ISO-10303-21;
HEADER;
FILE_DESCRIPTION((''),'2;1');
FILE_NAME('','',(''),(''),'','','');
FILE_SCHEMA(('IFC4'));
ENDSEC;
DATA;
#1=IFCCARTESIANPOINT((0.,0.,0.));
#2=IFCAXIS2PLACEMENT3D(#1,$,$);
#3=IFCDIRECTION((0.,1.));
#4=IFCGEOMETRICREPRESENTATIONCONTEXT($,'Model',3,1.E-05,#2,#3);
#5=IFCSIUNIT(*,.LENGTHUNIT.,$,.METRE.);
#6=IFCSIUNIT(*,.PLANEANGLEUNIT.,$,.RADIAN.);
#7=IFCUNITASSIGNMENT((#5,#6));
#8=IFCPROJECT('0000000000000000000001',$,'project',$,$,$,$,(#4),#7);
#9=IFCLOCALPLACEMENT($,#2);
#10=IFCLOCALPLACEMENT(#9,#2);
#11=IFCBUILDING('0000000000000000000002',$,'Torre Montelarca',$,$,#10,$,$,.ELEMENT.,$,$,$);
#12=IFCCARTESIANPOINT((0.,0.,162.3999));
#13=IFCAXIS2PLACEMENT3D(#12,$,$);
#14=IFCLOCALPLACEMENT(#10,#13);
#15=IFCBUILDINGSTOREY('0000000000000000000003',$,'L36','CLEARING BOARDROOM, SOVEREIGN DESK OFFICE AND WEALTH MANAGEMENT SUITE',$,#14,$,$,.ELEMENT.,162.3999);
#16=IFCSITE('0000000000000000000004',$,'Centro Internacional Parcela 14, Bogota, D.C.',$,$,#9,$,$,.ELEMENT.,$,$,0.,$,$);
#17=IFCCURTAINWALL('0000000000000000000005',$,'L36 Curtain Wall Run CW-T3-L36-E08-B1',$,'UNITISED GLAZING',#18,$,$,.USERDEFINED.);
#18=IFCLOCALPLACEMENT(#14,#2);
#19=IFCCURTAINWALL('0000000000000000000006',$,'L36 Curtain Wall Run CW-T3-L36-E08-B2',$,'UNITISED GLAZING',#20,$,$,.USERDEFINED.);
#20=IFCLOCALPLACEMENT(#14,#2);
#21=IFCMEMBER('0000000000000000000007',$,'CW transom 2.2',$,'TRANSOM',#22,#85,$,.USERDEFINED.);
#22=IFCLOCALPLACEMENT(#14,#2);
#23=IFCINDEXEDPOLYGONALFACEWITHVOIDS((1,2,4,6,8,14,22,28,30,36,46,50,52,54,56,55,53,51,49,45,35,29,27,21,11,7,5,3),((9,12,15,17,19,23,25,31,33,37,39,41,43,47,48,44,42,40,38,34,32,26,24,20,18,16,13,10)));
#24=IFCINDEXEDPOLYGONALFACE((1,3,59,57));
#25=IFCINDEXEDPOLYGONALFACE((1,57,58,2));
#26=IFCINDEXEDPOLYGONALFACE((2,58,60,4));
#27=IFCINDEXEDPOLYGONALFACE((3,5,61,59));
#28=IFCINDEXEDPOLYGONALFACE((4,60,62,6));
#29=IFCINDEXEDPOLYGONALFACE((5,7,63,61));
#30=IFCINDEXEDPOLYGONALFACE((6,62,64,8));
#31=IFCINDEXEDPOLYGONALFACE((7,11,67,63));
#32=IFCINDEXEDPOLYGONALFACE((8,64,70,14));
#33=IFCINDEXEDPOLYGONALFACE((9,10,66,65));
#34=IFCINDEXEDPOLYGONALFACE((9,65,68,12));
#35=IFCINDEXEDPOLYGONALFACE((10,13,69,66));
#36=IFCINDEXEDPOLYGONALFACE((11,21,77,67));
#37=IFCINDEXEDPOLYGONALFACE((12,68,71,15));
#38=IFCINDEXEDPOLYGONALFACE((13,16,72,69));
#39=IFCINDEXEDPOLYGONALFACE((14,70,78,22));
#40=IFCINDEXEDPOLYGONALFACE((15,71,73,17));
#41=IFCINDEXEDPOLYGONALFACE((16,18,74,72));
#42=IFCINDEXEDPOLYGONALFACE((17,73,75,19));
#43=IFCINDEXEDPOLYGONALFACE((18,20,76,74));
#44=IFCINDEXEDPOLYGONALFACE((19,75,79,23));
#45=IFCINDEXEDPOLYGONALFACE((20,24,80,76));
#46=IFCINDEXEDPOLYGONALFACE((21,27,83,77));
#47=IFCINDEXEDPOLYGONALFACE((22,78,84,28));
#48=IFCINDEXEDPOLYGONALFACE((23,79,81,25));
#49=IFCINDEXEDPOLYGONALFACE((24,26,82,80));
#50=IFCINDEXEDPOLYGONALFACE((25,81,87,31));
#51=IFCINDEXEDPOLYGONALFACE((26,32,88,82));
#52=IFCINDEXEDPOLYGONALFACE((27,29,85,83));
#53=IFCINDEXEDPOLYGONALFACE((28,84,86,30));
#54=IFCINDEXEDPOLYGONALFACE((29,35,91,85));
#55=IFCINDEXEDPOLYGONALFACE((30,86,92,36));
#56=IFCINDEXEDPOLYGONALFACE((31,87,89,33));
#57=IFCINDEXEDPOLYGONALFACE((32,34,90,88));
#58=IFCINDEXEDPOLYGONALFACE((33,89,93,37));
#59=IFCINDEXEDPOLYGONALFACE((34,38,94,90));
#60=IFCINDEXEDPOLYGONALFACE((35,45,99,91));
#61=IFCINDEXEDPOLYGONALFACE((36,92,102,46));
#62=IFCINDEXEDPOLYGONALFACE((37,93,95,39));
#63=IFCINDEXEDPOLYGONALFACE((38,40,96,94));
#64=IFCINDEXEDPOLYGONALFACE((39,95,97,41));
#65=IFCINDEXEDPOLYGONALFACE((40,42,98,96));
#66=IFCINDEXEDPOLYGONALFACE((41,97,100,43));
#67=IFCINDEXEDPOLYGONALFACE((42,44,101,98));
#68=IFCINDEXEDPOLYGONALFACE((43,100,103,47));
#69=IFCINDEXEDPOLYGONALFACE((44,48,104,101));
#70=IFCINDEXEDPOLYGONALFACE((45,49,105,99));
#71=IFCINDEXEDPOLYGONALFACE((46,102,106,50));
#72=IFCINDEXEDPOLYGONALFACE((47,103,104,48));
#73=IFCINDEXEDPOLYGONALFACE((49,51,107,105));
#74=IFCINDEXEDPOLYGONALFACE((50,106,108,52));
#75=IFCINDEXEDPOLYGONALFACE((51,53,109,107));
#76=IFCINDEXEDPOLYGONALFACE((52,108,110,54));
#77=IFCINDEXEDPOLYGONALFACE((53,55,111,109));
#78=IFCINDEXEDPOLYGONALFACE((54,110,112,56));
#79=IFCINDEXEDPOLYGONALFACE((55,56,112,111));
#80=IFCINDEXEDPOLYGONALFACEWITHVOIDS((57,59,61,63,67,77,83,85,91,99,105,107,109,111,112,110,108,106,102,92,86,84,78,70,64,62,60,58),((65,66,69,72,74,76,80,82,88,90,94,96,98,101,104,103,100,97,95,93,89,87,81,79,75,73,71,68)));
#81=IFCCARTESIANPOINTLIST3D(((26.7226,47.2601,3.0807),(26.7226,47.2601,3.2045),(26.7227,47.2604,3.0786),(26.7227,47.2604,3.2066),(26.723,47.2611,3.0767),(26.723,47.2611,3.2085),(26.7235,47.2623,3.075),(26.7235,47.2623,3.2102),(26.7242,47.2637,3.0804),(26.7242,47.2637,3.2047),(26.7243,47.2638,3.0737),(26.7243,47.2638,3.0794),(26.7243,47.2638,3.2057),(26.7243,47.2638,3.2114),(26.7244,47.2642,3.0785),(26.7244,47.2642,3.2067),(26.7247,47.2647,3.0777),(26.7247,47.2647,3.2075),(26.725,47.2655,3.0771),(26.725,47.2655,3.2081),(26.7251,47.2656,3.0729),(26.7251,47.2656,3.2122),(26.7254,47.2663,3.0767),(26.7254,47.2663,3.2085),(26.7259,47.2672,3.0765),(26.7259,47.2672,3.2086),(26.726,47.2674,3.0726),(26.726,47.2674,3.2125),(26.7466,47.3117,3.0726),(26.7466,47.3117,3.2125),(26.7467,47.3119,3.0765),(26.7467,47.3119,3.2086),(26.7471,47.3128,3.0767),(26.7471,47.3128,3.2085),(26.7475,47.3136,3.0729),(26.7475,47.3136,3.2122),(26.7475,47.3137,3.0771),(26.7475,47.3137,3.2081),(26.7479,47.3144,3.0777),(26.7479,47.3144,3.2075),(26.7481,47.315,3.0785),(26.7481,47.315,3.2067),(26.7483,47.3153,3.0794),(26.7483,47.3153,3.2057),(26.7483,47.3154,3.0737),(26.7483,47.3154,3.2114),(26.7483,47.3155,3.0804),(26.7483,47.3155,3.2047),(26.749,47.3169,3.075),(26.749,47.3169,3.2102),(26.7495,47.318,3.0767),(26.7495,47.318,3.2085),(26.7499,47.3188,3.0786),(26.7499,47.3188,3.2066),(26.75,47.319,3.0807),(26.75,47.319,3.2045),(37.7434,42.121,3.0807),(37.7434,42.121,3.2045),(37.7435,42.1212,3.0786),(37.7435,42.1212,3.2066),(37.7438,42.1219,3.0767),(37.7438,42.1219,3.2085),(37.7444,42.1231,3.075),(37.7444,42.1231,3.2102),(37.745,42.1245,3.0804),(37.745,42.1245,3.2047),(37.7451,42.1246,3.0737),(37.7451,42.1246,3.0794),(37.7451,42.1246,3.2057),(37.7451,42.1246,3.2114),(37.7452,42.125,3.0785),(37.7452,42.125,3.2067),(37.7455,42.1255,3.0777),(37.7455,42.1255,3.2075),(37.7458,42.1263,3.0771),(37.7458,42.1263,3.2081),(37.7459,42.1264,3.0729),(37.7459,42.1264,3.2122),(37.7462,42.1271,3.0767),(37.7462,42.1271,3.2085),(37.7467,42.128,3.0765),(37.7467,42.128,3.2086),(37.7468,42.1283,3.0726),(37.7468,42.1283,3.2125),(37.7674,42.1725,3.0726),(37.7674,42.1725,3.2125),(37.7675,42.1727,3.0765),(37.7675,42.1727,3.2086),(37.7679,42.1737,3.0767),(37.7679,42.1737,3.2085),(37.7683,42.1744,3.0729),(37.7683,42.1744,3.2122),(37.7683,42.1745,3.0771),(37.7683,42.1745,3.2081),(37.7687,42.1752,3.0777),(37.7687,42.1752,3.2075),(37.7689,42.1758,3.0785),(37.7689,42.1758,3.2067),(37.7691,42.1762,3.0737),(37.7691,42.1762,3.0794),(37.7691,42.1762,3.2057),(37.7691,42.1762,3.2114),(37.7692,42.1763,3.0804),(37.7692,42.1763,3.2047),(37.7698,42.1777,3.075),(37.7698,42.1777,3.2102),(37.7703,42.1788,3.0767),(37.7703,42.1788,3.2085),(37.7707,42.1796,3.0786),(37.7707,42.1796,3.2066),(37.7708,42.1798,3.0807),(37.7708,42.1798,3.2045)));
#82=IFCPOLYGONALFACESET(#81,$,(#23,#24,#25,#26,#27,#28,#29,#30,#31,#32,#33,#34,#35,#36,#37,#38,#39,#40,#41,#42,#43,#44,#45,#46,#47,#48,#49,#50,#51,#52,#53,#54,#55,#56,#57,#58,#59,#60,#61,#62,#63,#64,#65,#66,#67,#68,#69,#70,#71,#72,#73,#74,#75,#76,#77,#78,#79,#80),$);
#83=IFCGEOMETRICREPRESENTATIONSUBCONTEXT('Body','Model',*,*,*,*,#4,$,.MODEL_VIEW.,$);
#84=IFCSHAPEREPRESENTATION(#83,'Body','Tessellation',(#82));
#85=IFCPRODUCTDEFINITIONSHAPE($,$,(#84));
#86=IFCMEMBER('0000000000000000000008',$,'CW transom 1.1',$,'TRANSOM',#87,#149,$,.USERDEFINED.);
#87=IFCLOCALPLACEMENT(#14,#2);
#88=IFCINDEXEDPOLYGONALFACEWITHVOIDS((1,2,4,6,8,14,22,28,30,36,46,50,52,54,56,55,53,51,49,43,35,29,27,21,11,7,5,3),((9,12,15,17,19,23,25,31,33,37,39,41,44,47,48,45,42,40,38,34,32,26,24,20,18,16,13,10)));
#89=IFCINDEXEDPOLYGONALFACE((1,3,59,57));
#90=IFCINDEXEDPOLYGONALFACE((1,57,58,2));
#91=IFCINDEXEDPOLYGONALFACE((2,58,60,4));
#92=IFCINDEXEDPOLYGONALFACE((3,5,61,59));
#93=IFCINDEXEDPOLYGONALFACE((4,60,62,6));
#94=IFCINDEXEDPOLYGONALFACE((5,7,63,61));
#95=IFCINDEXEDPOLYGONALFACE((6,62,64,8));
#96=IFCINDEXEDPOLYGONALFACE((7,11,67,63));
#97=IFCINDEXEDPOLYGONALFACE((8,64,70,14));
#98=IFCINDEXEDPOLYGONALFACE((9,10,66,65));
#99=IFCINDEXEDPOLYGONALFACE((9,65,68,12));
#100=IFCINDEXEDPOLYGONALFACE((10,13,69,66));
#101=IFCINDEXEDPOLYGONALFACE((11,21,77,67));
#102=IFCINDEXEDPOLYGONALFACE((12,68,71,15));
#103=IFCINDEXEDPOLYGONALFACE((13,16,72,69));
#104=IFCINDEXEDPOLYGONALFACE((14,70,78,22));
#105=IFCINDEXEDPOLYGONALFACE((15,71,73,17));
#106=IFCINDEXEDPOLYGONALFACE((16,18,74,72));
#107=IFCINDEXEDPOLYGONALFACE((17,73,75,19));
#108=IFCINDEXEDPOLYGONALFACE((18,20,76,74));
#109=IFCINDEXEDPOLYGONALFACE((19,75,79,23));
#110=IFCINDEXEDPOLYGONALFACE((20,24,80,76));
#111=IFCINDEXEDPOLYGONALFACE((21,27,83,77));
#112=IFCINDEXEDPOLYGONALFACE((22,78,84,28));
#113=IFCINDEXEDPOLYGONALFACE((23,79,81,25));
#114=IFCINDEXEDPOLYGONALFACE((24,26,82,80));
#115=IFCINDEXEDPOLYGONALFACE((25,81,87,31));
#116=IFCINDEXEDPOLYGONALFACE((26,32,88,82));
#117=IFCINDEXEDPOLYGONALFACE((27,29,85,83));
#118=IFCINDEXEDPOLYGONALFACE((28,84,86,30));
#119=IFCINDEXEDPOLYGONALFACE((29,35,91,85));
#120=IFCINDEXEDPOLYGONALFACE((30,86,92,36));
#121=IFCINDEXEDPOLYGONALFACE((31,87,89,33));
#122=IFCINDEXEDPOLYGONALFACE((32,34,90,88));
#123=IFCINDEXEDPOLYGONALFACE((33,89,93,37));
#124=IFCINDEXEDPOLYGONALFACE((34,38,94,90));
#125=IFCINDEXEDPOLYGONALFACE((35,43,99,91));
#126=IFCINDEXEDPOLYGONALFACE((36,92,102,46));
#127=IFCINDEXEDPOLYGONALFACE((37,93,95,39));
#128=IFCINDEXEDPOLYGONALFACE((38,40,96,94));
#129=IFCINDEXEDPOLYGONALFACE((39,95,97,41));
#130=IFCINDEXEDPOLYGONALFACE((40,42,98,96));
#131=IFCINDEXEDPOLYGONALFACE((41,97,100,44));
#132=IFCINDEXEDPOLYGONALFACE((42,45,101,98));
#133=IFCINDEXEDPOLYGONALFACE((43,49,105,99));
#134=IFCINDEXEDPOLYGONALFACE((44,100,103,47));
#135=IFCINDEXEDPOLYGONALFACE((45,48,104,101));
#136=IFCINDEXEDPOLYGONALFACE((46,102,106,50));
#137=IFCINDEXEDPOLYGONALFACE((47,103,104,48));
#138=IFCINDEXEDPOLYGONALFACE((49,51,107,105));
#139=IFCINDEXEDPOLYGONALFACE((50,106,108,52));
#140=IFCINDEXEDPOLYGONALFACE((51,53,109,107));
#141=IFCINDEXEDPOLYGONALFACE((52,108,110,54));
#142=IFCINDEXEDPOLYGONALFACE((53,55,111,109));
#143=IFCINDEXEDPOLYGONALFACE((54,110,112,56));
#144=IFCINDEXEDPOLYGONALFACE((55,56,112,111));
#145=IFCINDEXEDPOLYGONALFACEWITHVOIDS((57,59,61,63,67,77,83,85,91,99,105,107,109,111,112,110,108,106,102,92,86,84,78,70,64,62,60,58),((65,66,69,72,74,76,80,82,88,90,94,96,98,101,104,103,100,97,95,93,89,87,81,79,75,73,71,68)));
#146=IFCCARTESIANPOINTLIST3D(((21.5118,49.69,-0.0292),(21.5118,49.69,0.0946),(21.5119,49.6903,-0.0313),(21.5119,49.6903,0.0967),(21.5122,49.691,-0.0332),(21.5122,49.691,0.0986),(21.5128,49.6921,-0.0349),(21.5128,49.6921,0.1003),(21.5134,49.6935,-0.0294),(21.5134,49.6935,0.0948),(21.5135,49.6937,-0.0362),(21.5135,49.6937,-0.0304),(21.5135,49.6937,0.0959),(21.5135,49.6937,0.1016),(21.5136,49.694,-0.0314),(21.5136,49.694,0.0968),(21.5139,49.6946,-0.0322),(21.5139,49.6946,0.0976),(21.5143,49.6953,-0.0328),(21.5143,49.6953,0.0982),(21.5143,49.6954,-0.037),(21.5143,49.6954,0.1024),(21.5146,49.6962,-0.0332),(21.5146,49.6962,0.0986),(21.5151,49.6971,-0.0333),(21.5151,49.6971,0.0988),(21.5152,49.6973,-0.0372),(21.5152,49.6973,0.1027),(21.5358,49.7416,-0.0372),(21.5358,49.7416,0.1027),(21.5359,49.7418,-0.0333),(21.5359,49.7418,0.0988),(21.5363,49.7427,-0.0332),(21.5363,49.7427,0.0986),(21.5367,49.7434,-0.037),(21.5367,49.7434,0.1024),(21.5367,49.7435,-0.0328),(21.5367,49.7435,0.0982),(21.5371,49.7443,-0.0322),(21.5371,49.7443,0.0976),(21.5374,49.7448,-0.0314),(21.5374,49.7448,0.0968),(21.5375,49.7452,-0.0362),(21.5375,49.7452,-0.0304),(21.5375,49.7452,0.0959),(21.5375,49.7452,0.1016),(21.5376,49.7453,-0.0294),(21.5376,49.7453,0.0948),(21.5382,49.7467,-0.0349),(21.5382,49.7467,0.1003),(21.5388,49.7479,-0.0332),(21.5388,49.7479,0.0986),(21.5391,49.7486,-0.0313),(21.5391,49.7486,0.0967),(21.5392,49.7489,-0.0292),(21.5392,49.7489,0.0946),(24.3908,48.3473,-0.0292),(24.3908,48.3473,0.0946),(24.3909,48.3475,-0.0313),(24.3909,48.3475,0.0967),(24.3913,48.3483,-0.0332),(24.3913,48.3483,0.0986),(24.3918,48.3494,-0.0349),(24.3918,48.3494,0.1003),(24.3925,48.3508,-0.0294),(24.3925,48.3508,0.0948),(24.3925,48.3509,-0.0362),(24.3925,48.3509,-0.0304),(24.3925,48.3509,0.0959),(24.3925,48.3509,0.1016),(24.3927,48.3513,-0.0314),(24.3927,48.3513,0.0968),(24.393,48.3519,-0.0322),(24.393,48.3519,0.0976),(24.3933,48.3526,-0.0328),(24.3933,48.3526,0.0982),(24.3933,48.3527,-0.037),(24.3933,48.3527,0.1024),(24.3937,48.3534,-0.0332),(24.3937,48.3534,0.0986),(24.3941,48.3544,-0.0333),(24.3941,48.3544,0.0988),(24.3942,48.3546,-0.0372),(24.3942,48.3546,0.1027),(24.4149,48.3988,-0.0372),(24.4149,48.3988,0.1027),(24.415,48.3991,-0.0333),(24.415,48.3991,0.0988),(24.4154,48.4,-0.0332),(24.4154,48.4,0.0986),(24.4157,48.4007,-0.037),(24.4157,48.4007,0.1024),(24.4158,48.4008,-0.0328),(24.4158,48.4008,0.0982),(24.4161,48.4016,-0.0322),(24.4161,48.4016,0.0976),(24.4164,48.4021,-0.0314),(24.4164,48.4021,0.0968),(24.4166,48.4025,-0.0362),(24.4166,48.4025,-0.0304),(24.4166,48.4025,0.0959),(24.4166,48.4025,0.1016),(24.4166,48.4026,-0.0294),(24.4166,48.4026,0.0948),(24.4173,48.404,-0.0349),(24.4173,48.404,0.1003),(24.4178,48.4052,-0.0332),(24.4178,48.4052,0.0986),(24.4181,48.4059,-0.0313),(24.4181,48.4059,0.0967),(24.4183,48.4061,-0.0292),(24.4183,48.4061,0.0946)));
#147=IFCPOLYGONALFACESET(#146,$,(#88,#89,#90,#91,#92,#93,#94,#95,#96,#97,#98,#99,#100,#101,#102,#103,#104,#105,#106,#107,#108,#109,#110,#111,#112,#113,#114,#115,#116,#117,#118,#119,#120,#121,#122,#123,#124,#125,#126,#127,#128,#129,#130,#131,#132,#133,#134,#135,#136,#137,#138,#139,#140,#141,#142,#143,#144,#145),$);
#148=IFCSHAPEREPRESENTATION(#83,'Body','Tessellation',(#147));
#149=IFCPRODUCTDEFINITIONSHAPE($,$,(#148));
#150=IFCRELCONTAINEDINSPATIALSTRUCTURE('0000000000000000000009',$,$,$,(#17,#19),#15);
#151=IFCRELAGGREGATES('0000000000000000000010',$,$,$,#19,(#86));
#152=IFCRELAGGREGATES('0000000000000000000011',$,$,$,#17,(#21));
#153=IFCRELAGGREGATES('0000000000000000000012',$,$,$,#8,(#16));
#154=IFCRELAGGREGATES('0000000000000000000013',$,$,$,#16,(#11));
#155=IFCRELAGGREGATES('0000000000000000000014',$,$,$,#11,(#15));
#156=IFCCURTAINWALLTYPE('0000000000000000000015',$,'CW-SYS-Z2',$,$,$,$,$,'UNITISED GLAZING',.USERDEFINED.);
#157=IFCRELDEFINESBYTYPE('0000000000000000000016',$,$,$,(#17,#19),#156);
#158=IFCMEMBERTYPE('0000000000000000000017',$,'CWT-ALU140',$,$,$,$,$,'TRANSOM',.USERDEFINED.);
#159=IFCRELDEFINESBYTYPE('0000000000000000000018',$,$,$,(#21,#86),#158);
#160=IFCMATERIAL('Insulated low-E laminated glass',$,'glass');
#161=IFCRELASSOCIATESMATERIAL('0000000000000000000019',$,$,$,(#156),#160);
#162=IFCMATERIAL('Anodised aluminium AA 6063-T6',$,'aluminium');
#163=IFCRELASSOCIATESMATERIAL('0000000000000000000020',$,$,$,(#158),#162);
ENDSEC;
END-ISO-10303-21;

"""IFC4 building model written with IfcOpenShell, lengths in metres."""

from ifc_helpers import new_model, si_unit, direction, frame, origin, origin_2d, place, context, subcontext, project, spatial, hollow_rectangle, extrude, source, transform, mapped, material, material_profile, profile_set, type_object, element, aggregate, save


model = new_model("IFC4")

# Units and contexts
model_context = context("Model", 3, precision=1e-05, world=origin(), true_north=direction((0.0, 1.0)))
body_context = subcontext(model_context, "Body", "Model", "MODEL_VIEW")
ifc_project = project(units=[si_unit("LENGTHUNIT", "METRE"), si_unit("PLANEANGLEUNIT", "RADIAN")], contexts=[model_context])

# Site, building, storey
site_placement = place(None, origin())
site = spatial("IfcSite", under=ifc_project, at=site_placement, Name="Centro Internacional Parcela 14, Bogota, D.C.", CompositionType="ELEMENT", RefElevation=0.0)
building_placement = place(site_placement, origin())
building = spatial("IfcBuilding", under=site, at=building_placement, Name="Torre Montelarca", CompositionType="ELEMENT")
storey_placement = place(building_placement, frame((0.0, 0.0, 162.3999)))
storey = spatial("IfcBuildingStorey", under=building, at=storey_placement, Name="L36", Description="CLEARING BOARDROOM, SOVEREIGN DESK OFFICE AND WEALTH MANAGEMENT SUITE", CompositionType="ELEMENT", Elevation=162.3999)

# Curtain wall
ifc_material_1 = material(Name="Insulated low-E laminated glass", Category="glass")
curtain_wall_type = type_object("IfcCurtainWallType", Name="CW-SYS-Z2", ElementType="UNITISED GLAZING", PredefinedType="USERDEFINED", material=ifc_material_1)
curtain_wall_1_placement = place(storey_placement, origin())
curtain_wall_1 = element("IfcCurtainWall", 1, at=curtain_wall_1_placement, inside=storey, type_object=curtain_wall_type, Name="L36 Curtain Wall Run CW-T3-L36-E08-B1", ObjectType="UNITISED GLAZING", PredefinedType="USERDEFINED")
ifc_material_2 = material(Name="Anodised aluminium AA 6063-T6", Category="aluminium")

# Curtain wall
curtain_wall_2_placement = place(storey_placement, origin())
curtain_wall_2 = element("IfcCurtainWall", 2, at=curtain_wall_2_placement, inside=storey, type_object=curtain_wall_type, Name="L36 Curtain Wall Run CW-T3-L36-E08-B2", ObjectType="UNITISED GLAZING", PredefinedType="USERDEFINED")

# Members
ifc_material_profile_1 = material_profile(ifc_material_2, hollow_rectangle(XDim=0.0649, YDim=0.1399, WallThickness=0.0039, InnerFilletRadius=0.0039, OuterFilletRadius=0.0081, at=origin_2d()), Name="ALU65X140X4", Category="aluminium")
ifc_profile_set_1 = profile_set([ifc_material_profile_1], Name="Anodised aluminium AA 6063-T6")
member_type_1 = type_object("IfcMemberType", Name="CWT-ALU140", ElementType="TRANSOM", PredefinedType="USERDEFINED", material=ifc_profile_set_1)
shared_shape_1 = source(origin(), body_context, "Body", "SweptSolid", [
    extrude(hollow_rectangle(XDim=0.0649, YDim=0.1399, WallThickness=0.0039, InnerFilletRadius=0.0039, OuterFilletRadius=0.0081, at=origin_2d()), origin(), (0.0, 0.0, 1.0), 12.1602),
])
member_1_placement = place(storey_placement, frame((37.7571, 42.1504, 3.1426), z_axis=(-0.906305, 0.422625, 0.0), x_axis=(-0.422625, -0.906305, 0.0)))
member_1 = element("IfcMember", 3, at=member_1_placement, type_object=member_type_1, Name="CW transom 2.2", ObjectType="TRANSOM", PredefinedType="USERDEFINED", context=body_context, shape_type="MappedRepresentation", body=[
    mapped(shared_shape_1, transform((0.0, 0.0, 0.0), scale=1.0)),
])
shared_shape_2 = source(origin(), body_context, "Body", "SweptSolid", [
    extrude(hollow_rectangle(XDim=0.0649, YDim=0.1399, WallThickness=0.0039, InnerFilletRadius=0.0039, OuterFilletRadius=0.0081, at=origin_2d()), origin(), (0.0, 0.0, 1.0), 3.1768),
])
member_2_placement = place(storey_placement, frame((24.4045, 48.3767, 0.0327), z_axis=(-0.906283, 0.422671, 0.0), x_axis=(-0.422671, -0.906283, 0.0)))
member_2 = element("IfcMember", 4, at=member_2_placement, type_object=member_type_1, Name="CW transom 1.1", ObjectType="TRANSOM", PredefinedType="USERDEFINED", context=body_context, shape_type="MappedRepresentation", body=[
    mapped(shared_shape_2, transform((0.0, 0.0, 0.0), scale=1.0)),
])
aggregate(curtain_wall_2, [member_2])

aggregate(curtain_wall_1, [member_1])

save(model, "model.ifc")
